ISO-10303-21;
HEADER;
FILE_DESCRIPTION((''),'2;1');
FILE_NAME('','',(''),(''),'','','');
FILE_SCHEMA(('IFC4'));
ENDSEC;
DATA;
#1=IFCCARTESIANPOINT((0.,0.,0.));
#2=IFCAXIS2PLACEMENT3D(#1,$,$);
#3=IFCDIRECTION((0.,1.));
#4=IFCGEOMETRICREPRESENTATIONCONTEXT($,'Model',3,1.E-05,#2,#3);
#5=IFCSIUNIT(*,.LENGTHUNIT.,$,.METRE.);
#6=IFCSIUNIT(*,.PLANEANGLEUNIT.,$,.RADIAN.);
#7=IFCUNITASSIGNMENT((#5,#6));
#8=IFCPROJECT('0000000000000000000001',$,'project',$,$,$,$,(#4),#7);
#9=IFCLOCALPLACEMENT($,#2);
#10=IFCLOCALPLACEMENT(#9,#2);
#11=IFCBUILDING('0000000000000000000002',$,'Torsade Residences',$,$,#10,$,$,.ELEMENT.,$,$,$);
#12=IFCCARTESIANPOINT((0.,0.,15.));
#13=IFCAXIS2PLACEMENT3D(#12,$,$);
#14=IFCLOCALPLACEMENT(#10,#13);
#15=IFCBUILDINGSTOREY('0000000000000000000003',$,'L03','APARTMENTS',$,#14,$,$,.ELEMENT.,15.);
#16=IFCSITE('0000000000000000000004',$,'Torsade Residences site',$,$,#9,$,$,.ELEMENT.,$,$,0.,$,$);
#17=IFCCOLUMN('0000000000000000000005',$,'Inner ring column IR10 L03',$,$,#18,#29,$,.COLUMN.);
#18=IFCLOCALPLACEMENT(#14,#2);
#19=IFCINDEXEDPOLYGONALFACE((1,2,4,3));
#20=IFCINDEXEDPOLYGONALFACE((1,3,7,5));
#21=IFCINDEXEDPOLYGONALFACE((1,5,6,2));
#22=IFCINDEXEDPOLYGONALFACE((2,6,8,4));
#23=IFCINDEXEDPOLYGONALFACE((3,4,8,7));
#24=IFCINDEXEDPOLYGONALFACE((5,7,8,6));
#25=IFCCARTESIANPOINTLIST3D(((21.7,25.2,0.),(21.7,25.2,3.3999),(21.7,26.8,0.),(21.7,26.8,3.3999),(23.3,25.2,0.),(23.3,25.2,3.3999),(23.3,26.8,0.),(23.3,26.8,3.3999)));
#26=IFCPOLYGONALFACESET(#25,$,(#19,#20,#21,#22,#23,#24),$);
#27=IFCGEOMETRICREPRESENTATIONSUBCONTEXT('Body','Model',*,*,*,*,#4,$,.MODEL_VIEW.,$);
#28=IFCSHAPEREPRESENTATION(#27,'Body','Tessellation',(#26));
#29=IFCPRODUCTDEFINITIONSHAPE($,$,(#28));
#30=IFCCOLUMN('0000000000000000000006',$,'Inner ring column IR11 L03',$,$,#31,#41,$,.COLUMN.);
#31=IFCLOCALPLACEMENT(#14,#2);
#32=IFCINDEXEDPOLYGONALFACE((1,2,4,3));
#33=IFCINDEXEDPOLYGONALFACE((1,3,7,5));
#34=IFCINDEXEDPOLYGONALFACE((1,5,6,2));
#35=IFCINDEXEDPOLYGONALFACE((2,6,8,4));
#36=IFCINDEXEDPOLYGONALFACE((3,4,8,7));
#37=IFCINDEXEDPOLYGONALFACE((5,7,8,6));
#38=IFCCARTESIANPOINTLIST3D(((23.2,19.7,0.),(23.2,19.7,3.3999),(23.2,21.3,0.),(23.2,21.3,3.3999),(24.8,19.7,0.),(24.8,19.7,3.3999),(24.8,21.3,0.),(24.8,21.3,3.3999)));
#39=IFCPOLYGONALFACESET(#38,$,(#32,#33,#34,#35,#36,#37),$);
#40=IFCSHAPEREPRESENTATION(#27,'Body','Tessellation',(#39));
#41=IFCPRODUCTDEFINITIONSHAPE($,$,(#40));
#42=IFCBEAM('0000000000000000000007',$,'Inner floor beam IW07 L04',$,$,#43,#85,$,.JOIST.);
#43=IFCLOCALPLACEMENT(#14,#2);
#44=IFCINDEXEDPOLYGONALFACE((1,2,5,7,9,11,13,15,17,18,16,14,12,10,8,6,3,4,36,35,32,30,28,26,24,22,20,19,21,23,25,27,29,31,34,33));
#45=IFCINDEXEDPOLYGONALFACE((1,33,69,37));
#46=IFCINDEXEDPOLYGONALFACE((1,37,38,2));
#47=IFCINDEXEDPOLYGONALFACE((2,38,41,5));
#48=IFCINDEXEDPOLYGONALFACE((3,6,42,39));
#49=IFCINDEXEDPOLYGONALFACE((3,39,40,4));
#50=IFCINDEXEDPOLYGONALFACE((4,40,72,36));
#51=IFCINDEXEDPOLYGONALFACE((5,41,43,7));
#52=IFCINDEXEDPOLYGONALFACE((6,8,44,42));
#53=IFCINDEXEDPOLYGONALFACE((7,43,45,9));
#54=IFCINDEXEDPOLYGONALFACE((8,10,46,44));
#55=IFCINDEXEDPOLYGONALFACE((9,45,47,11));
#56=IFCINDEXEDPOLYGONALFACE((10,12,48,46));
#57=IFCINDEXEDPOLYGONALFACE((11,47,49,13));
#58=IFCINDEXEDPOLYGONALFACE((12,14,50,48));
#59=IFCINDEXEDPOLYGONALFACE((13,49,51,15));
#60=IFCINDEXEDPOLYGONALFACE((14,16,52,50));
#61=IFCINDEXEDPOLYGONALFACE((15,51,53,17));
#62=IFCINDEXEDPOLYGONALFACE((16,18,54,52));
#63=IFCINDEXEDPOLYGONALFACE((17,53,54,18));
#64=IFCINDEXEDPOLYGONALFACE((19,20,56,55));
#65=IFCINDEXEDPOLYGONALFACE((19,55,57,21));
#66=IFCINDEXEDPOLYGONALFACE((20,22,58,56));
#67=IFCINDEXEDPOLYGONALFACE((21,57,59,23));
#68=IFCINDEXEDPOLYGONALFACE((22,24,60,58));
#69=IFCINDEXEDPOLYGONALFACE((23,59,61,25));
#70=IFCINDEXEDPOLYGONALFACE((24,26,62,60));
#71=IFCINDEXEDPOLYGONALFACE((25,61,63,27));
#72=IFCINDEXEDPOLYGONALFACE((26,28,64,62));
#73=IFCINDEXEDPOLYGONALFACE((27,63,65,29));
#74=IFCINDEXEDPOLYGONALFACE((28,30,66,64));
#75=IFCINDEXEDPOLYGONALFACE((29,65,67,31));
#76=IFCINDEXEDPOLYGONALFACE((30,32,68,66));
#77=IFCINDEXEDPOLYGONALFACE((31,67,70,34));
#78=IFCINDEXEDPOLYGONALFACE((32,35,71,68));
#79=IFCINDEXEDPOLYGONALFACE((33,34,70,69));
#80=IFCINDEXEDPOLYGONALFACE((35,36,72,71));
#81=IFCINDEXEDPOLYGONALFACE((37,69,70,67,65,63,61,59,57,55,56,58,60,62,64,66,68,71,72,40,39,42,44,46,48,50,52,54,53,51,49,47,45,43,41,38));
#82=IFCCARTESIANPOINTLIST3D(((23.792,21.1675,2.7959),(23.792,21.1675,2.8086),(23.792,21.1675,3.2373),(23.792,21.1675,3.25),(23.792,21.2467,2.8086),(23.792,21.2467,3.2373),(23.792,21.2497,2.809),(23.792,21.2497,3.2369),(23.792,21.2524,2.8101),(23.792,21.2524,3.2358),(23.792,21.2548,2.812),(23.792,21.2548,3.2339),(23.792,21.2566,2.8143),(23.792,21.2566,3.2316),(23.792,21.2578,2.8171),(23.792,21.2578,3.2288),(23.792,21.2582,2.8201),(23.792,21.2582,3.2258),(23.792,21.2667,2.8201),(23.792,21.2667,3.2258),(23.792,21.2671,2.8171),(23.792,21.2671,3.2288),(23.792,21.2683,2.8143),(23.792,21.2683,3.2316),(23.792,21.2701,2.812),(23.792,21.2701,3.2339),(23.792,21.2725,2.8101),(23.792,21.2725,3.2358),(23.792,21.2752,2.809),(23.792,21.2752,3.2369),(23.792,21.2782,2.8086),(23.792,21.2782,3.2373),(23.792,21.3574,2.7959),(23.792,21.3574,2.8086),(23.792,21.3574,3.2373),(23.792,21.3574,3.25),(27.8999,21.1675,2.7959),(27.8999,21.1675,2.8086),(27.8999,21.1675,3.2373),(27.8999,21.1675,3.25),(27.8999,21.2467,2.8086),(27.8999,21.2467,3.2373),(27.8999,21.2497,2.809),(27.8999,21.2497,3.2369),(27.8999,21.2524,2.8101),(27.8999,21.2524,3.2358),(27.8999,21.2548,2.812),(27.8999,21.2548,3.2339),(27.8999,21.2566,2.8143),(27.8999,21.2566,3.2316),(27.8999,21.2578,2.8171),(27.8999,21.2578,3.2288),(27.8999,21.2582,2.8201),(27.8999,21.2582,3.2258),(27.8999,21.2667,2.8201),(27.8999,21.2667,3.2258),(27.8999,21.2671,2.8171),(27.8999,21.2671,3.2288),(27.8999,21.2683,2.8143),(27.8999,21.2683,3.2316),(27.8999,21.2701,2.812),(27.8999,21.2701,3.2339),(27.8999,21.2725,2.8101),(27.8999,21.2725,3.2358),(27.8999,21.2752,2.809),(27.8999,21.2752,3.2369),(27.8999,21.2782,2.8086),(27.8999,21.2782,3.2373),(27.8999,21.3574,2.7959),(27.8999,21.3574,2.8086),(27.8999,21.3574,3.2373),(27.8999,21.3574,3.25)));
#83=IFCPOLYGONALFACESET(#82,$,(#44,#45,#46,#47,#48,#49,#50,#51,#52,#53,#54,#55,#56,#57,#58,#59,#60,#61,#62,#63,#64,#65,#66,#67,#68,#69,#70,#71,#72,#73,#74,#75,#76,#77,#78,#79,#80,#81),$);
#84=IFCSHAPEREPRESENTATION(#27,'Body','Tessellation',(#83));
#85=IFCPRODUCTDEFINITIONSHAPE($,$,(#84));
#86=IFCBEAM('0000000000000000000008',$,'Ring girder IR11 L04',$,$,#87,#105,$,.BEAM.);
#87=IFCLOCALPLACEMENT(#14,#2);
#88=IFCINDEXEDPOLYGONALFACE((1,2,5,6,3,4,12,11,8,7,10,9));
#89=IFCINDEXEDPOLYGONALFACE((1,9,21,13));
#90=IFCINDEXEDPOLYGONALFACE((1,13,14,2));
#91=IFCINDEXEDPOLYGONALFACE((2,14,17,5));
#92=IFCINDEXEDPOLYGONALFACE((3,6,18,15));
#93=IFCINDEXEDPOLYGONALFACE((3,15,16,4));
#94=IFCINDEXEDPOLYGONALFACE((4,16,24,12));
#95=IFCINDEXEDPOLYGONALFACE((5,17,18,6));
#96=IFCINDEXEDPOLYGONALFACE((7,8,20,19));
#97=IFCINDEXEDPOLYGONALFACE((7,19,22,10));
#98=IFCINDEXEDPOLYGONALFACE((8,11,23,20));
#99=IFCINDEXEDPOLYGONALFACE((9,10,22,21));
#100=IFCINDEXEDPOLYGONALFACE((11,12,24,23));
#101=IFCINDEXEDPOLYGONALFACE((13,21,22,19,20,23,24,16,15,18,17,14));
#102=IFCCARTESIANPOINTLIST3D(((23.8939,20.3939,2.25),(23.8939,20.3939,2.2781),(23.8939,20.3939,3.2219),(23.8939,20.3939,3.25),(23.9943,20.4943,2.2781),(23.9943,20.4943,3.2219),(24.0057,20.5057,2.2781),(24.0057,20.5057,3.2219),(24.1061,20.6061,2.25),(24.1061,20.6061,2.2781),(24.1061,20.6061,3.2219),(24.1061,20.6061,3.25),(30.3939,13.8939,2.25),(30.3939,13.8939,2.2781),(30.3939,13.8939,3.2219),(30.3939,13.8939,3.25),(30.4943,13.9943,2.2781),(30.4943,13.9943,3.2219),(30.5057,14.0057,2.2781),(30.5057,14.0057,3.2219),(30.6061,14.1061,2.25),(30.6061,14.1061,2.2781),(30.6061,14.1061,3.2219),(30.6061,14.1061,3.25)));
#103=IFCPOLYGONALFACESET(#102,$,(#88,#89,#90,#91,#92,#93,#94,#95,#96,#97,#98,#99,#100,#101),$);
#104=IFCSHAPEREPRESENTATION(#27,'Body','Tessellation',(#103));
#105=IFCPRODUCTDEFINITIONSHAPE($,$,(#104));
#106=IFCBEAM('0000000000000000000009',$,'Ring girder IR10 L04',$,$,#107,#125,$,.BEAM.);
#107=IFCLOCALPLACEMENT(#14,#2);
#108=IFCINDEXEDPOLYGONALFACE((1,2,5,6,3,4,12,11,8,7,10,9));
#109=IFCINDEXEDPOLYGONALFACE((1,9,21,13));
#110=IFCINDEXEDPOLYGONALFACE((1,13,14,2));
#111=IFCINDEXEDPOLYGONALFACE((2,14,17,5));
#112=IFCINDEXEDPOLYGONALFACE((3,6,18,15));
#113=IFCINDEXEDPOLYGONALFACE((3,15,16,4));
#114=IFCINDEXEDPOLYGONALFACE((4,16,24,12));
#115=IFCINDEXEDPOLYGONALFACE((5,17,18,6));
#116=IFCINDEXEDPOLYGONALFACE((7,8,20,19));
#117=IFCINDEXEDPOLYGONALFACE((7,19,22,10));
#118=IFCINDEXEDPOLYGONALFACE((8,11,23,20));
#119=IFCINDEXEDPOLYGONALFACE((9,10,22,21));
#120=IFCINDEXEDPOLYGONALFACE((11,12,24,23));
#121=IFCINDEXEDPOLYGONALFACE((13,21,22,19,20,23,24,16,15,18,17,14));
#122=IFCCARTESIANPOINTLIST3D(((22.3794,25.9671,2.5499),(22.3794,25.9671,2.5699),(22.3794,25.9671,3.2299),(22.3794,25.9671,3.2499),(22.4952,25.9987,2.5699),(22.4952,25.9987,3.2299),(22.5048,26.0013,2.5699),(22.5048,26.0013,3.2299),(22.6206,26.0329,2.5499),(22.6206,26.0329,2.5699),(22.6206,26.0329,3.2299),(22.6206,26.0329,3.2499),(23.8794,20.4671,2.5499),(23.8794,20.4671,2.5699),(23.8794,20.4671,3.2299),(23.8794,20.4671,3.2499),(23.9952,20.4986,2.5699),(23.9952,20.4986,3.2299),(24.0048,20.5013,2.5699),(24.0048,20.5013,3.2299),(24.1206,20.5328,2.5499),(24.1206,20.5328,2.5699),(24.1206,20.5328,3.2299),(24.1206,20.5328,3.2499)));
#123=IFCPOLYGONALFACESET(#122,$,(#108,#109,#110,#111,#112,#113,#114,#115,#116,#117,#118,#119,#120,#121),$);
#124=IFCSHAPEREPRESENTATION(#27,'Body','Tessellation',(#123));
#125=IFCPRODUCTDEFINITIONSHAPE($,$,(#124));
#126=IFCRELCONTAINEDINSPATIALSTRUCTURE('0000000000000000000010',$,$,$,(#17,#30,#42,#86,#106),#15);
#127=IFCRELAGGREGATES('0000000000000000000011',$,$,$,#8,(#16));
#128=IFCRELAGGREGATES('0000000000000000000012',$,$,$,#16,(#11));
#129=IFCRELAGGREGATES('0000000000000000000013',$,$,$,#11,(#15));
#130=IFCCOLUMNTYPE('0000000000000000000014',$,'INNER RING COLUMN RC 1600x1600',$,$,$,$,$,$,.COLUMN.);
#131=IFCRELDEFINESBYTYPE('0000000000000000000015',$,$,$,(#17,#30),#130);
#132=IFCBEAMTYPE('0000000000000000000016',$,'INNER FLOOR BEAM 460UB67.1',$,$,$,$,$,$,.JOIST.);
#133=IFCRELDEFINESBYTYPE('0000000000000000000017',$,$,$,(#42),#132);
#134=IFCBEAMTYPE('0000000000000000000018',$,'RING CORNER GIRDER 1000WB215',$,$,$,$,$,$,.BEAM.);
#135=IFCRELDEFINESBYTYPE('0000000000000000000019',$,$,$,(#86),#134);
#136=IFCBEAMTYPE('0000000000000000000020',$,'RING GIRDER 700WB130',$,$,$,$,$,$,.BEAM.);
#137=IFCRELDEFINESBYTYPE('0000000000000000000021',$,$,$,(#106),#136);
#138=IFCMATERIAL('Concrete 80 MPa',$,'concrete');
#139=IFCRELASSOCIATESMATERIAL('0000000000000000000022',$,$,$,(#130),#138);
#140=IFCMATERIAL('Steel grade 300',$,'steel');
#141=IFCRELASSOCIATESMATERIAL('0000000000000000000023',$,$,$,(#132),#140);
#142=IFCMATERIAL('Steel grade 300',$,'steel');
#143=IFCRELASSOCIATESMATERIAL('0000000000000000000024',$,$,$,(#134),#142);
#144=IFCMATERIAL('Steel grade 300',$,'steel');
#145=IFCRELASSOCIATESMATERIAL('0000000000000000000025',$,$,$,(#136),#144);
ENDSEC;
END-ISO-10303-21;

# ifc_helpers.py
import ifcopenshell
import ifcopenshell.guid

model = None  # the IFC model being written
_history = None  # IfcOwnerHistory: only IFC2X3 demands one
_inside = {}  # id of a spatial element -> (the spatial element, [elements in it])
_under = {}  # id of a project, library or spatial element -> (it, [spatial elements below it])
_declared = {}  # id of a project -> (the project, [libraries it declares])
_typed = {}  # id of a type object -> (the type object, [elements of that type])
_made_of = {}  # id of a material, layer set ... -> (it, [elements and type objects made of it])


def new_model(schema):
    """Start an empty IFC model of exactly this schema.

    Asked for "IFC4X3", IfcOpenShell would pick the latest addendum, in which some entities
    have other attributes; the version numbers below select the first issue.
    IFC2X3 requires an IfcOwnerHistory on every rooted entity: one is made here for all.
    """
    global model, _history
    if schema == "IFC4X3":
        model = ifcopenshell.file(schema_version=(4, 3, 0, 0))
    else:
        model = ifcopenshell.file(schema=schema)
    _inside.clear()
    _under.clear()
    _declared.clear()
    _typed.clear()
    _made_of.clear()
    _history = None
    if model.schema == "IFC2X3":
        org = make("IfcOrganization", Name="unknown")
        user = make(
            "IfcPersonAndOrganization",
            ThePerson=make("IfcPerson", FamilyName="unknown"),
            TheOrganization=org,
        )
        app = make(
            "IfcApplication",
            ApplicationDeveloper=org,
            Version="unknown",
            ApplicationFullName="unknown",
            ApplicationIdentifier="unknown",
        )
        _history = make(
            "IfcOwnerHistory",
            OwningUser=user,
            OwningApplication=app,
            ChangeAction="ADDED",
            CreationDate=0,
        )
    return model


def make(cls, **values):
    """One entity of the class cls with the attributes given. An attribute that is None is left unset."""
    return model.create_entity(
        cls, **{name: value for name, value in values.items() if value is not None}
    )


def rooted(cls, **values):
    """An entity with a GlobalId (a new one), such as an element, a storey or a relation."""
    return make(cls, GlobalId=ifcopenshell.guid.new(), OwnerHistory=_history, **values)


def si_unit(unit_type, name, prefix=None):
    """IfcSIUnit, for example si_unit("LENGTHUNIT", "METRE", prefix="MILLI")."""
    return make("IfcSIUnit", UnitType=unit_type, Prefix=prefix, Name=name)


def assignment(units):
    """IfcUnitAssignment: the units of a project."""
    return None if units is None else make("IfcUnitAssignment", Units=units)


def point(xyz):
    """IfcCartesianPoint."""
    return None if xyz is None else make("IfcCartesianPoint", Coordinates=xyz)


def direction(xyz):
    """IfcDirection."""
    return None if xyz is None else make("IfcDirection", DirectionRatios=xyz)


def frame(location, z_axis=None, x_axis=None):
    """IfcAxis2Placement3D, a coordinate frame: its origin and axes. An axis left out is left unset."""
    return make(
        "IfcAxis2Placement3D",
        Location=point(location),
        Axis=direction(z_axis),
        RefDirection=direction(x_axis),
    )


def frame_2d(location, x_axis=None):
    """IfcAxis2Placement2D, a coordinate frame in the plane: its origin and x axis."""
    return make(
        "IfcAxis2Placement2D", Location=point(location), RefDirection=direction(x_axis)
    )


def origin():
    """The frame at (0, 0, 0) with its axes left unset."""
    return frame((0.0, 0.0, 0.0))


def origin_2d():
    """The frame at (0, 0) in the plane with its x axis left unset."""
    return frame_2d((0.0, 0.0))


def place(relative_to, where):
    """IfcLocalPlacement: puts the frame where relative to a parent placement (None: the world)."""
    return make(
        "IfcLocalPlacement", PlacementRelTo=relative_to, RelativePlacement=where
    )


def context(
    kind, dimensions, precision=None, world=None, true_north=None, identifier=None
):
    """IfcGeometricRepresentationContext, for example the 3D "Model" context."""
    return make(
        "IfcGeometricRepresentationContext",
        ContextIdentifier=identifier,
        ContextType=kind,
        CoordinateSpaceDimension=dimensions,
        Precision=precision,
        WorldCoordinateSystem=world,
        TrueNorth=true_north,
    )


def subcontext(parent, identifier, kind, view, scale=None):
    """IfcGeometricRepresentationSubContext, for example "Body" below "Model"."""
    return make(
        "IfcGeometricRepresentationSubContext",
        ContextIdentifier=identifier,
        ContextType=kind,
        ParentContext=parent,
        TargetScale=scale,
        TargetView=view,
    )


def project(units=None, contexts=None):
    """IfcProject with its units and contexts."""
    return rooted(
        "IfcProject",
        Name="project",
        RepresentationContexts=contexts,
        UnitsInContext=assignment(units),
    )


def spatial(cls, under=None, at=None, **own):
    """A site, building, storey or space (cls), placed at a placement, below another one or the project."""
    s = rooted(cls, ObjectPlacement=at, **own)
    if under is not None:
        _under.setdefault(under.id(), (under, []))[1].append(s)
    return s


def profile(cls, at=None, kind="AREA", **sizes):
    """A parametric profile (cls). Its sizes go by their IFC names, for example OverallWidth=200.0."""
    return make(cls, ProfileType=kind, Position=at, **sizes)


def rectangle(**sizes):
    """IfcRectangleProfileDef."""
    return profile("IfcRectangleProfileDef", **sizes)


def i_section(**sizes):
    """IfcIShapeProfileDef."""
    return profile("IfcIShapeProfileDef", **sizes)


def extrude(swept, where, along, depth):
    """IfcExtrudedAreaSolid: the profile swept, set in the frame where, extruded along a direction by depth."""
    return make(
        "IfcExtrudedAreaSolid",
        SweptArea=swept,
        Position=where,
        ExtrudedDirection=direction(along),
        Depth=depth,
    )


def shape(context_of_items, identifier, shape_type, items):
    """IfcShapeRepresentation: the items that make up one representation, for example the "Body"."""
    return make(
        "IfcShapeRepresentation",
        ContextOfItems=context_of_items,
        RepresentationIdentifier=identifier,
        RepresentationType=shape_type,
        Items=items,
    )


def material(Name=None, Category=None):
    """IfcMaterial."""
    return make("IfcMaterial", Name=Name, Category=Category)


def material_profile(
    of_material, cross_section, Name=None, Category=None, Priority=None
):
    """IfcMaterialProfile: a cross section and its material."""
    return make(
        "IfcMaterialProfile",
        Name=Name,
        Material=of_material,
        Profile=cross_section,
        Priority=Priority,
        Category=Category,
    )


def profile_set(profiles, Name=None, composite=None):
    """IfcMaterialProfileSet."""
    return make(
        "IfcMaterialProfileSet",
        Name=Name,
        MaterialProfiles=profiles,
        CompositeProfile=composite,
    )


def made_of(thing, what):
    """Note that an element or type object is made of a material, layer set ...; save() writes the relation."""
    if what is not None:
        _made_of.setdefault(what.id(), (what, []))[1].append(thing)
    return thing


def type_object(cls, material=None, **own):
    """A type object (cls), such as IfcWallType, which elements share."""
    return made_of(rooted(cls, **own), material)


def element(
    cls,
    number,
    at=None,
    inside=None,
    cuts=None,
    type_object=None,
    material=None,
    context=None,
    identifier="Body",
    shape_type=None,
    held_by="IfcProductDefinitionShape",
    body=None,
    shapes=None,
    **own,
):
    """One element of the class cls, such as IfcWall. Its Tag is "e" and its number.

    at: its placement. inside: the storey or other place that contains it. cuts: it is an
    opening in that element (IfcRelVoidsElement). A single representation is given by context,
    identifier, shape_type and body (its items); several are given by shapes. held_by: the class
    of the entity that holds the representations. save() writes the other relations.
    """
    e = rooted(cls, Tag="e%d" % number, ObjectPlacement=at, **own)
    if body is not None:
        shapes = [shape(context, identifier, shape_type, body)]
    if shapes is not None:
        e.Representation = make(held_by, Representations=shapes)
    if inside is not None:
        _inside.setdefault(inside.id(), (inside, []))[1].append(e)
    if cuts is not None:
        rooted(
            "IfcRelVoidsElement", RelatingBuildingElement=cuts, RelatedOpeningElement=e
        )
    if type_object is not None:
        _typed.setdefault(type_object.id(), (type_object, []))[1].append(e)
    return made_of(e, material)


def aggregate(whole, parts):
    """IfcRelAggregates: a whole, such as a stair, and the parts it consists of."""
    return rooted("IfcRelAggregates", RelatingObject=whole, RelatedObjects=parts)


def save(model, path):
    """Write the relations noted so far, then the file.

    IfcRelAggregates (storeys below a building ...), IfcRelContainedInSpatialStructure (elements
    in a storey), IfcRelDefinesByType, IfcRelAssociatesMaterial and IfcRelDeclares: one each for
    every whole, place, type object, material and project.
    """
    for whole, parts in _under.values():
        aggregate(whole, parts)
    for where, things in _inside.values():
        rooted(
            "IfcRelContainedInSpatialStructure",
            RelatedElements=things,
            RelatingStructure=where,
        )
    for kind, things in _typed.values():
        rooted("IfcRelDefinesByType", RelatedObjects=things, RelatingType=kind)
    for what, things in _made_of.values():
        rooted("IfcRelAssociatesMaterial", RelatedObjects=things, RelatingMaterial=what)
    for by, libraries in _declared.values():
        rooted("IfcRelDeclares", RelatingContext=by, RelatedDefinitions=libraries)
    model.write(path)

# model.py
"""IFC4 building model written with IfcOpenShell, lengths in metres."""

from ifc_helpers import new_model, si_unit, direction, frame, origin, origin_2d, place, context, subcontext, project, spatial, rectangle, i_section, extrude, material, material_profile, profile_set, type_object, element, save


model = new_model("IFC4")

# Units and contexts
model_context = context("Model", 3, precision=1e-05, world=origin(), true_north=direction((0.0, 1.0)))
body_context = subcontext(model_context, "Body", "Model", "MODEL_VIEW")
ifc_project = project(units=[si_unit("LENGTHUNIT", "METRE"), si_unit("PLANEANGLEUNIT", "RADIAN")], contexts=[model_context])

# Site, building, storey
site_placement = place(None, origin())
site = spatial("IfcSite", under=ifc_project, at=site_placement, Name="Torsade Residences site", CompositionType="ELEMENT", RefElevation=0.0)
building_placement = place(site_placement, origin())
building = spatial("IfcBuilding", under=site, at=building_placement, Name="Torsade Residences", CompositionType="ELEMENT")
storey_placement = place(building_placement, frame((0.0, 0.0, 15.0)))
storey = spatial("IfcBuildingStorey", under=building, at=storey_placement, Name="L03", Description="APARTMENTS", CompositionType="ELEMENT", Elevation=15.0)

# Columns
ifc_material_1 = material(Name="Concrete 80 MPa", Category="concrete")
ifc_material_profile_1 = material_profile(ifc_material_1, rectangle(XDim=1.6001, YDim=1.6001, at=origin_2d()), Name="RC 1600x1600")
ifc_profile_set_1 = profile_set([ifc_material_profile_1], Name="Concrete 80 MPa")
column_type = type_object("IfcColumnType", Name="INNER RING COLUMN RC 1600x1600", PredefinedType="COLUMN", material=ifc_profile_set_1)
for number, where, z_axis, x_axis, name in (
    (1, (22.5, 26.0, 0.0), (0.0, 0.0, 1.0), (1.0, 0.0, 0.0), "Inner ring column IR10 L03"),
    (2, (24.0, 20.5, 0.0), (0.0, 0.0, 1.0), (1.0, 0.0, 0.0), "Inner ring column IR11 L03"),
):
    element("IfcColumn", number, at=place(storey_placement, frame(where, z_axis=z_axis, x_axis=x_axis)), inside=storey, type_object=column_type, Name=name, PredefinedType="COLUMN", context=body_context, shape_type="SweptSolid", body=[
        extrude(rectangle(XDim=1.6001, YDim=1.6001, at=origin_2d()), origin(), (0.0, 0.0, 1.0), 3.3999),
    ])

# Beams
ifc_material_2 = material(Name="Steel grade 300", Category="steel")
ifc_material_profile_2 = material_profile(ifc_material_2, i_section(OverallWidth=0.1899, OverallDepth=0.4541, WebThickness=0.0085, FlangeThickness=0.0127, FilletRadius=0.0115, at=origin_2d()), Name="460UB67.1")
ifc_profile_set_2 = profile_set([ifc_material_profile_2], Name="Steel grade 300")
beam_type_1 = type_object("IfcBeamType", Name="INNER FLOOR BEAM 460UB67.1", PredefinedType="JOIST", material=ifc_profile_set_2)
beam_1_placement = place(storey_placement, frame((27.8999, 21.2625, 3.0229), z_axis=(-1.0, 0.0, 0.0), x_axis=(0.0, -1.0, 0.0)))
element("IfcBeam", 3, at=beam_1_placement, inside=storey, type_object=beam_type_1, Name="Inner floor beam IW07 L04", PredefinedType="JOIST", context=body_context, shape_type="SweptSolid", body=[
    extrude(i_section(OverallWidth=0.1899, OverallDepth=0.4541, WebThickness=0.0085, FlangeThickness=0.0127, FilletRadius=0.0115, at=origin_2d()), origin(), (0.0, 0.0, 1.0), 4.1079),
])
ifc_material_3 = material(Name="Steel grade 300", Category="steel")
ifc_material_profile_3 = material_profile(ifc_material_3, i_section(OverallWidth=0.3, OverallDepth=1.0, WebThickness=0.0161, FlangeThickness=0.0281, at=origin_2d()), Name="1000WB215")
ifc_profile_set_3 = profile_set([ifc_material_profile_3], Name="Steel grade 300")
beam_type_2 = type_object("IfcBeamType", Name="RING CORNER GIRDER 1000WB215", PredefinedType="BEAM", material=ifc_profile_set_3)
beam_2_placement = place(storey_placement, frame((24.0, 20.5, 2.75), z_axis=(0.707107, -0.707107, 0.0), x_axis=(0.707107, 0.707107, 0.0)))
element("IfcBeam", 4, at=beam_2_placement, inside=storey, type_object=beam_type_2, Name="Ring girder IR11 L04", PredefinedType="BEAM", context=body_context, shape_type="SweptSolid", body=[
    extrude(i_section(OverallWidth=0.3, OverallDepth=1.0, WebThickness=0.0161, FlangeThickness=0.0281, at=origin_2d()), origin(), (0.0, 0.0, 1.0), 9.1924),
])
ifc_material_4 = material(Name="Steel grade 300", Category="steel")
ifc_material_profile_4 = material_profile(ifc_material_4, i_section(OverallWidth=0.25, OverallDepth=0.7, WebThickness=0.01, FlangeThickness=0.02, at=origin_2d()), Name="700WB130")
ifc_profile_set_4 = profile_set([ifc_material_profile_4], Name="Steel grade 300")
beam_type_3 = type_object("IfcBeamType", Name="RING GIRDER 700WB130", PredefinedType="BEAM", material=ifc_profile_set_4)
beam_3_placement = place(storey_placement, frame((22.5, 26.0, 2.8999), z_axis=(0.263117, -0.964764, 0.0), x_axis=(0.964764, 0.263117, 0.0)))
element("IfcBeam", 5, at=beam_3_placement, inside=storey, type_object=beam_type_3, Name="Ring girder IR10 L04", PredefinedType="BEAM", context=body_context, shape_type="SweptSolid", body=[
    extrude(i_section(OverallWidth=0.25, OverallDepth=0.7, WebThickness=0.01, FlangeThickness=0.02, at=origin_2d()), origin(), (0.0, 0.0, 1.0), 5.7009),
])

save(model, "model.ifc")
